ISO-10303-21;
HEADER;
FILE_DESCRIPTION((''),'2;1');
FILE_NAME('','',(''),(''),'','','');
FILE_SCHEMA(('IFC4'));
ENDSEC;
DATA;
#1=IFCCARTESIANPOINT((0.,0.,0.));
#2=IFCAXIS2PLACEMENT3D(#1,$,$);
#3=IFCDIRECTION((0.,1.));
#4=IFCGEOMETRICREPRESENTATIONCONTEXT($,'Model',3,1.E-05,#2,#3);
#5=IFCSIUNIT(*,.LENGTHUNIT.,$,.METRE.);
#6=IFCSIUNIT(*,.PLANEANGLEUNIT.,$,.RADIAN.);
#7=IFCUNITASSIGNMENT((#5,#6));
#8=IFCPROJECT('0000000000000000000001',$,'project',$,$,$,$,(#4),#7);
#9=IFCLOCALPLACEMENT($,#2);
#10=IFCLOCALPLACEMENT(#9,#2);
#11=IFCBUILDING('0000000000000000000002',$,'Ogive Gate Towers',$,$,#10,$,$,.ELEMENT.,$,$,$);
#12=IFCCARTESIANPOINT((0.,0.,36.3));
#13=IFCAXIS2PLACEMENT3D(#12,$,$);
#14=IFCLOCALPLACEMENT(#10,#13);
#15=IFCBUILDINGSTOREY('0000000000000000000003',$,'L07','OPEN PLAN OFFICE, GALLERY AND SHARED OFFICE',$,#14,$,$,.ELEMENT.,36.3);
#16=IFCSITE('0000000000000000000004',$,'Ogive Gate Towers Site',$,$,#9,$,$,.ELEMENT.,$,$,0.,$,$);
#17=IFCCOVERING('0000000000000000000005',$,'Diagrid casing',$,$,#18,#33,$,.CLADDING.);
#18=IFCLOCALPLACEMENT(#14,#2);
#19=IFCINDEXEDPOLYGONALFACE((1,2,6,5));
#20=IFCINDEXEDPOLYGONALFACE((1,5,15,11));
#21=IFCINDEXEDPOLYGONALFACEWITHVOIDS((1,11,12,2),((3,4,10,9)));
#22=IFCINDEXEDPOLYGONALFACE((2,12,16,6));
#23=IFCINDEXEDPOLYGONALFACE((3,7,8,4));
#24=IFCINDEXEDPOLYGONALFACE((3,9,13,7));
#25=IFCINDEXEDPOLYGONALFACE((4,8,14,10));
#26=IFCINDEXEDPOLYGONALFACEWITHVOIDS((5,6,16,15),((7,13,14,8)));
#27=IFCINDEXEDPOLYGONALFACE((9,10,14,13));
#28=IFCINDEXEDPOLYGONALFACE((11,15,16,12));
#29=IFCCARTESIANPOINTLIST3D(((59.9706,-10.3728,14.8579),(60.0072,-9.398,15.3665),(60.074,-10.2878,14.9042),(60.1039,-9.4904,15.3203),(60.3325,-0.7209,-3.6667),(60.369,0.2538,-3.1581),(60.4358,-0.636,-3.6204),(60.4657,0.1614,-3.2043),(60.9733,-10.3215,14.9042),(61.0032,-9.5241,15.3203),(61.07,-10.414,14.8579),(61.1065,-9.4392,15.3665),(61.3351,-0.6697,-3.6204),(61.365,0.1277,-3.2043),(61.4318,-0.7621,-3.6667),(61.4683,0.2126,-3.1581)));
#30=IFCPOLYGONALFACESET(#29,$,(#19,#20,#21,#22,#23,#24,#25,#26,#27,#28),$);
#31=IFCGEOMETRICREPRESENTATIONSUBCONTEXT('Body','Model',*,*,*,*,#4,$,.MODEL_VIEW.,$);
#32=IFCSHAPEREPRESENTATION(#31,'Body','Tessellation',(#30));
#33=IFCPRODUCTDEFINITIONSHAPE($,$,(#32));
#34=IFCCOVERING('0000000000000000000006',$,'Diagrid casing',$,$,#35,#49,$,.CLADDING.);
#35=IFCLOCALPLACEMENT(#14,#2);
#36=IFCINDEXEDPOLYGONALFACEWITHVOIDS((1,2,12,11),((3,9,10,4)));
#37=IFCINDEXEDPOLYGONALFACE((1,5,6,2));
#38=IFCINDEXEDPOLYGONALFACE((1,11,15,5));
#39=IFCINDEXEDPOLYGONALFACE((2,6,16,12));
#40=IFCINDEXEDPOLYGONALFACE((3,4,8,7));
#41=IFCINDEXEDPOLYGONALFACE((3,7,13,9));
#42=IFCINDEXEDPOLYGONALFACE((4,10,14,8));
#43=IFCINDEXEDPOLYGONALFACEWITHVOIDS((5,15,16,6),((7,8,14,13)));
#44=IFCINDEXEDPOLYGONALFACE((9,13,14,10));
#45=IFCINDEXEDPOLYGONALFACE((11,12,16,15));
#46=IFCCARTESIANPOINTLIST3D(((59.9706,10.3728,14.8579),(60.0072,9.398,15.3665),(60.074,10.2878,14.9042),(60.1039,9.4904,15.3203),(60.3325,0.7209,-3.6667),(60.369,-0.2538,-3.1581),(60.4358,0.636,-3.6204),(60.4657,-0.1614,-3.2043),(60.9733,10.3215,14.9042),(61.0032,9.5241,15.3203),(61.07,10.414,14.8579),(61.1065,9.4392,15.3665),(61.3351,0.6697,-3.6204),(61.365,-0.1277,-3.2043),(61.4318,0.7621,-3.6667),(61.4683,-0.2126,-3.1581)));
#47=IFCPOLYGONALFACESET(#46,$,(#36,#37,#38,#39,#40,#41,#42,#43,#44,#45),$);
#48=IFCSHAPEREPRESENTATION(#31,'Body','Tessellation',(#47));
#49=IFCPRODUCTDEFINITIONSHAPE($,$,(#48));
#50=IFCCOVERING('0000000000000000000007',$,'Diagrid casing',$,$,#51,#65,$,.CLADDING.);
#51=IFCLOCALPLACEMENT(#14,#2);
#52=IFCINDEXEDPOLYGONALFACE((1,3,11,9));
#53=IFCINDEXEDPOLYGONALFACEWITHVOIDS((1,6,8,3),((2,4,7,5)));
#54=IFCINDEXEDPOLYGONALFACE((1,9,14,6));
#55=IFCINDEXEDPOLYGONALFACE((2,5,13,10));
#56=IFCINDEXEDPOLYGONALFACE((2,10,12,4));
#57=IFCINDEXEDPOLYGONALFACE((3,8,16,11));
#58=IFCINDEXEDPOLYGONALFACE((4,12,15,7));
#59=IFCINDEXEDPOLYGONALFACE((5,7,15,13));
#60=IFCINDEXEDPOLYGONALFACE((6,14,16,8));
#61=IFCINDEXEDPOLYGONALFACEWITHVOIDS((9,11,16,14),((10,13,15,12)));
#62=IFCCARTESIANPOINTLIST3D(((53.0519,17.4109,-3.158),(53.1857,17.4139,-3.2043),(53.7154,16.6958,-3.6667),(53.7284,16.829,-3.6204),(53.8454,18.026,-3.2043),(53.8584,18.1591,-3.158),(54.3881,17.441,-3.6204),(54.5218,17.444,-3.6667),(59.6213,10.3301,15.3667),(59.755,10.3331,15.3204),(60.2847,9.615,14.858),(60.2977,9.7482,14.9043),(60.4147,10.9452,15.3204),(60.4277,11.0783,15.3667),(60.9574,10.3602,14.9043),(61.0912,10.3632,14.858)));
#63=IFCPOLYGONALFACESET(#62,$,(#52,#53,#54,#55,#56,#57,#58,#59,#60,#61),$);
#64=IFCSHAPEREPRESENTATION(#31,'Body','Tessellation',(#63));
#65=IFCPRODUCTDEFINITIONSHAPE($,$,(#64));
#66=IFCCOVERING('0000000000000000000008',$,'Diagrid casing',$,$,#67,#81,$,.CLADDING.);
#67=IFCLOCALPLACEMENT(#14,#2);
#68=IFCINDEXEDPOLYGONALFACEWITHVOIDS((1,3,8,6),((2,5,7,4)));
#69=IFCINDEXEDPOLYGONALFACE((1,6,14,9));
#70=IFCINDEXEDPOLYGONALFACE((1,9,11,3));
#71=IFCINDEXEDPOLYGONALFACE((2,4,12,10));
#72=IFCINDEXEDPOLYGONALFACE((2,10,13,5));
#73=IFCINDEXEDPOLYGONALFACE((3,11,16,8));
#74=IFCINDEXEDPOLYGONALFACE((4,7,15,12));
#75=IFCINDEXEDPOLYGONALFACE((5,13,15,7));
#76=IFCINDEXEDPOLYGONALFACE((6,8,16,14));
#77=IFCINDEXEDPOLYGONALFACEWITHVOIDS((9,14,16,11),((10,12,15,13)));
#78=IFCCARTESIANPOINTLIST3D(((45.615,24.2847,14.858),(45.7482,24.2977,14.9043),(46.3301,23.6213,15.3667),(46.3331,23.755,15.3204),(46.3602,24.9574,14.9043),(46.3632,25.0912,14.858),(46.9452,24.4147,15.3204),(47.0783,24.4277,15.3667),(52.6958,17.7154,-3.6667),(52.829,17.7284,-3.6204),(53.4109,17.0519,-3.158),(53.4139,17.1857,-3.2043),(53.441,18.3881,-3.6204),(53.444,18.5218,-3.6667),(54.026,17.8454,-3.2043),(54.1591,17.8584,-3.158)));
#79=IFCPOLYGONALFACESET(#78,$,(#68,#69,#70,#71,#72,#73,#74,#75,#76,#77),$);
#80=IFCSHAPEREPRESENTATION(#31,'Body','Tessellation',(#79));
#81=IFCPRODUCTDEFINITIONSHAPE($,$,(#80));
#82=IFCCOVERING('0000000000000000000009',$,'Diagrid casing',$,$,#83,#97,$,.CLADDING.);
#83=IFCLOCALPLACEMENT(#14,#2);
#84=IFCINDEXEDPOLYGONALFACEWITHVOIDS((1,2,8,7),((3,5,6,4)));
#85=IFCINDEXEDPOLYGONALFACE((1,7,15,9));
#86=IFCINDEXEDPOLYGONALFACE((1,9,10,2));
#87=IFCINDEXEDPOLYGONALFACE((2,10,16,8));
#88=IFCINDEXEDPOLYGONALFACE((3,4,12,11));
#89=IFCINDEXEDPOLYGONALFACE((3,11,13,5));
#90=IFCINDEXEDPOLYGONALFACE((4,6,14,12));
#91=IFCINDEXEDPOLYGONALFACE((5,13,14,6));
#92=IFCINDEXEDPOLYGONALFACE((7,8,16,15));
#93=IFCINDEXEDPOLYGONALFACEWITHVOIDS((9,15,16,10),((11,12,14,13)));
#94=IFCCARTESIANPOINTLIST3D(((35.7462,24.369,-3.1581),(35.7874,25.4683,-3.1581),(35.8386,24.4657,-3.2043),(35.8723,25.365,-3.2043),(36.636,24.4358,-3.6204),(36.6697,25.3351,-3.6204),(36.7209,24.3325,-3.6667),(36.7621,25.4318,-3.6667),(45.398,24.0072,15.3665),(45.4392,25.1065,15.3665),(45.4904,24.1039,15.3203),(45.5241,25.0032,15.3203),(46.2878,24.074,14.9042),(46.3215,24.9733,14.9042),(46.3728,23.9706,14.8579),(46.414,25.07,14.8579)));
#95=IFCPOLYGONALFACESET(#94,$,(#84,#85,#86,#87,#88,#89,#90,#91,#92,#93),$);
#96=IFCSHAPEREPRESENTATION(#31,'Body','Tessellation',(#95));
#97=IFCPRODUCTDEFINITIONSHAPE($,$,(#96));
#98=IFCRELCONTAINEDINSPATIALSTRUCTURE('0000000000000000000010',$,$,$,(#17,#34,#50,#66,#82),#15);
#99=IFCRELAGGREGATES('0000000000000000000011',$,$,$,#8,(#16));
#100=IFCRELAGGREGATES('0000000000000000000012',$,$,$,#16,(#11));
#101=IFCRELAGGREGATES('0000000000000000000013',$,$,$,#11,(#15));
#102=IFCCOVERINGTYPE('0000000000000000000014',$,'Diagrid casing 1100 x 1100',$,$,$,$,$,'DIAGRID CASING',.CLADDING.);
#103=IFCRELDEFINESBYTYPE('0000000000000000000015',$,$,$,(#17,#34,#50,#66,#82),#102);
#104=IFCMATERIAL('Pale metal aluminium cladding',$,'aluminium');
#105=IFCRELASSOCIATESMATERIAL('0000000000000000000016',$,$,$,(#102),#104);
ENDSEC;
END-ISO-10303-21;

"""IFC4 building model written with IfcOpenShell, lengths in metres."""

from ifc_helpers import new_model, si_unit, direction, frame, origin, origin_2d, place, context, subcontext, project, spatial, hollow_rectangle, extrude, material, material_profile, profile_set, type_object, element, save


model = new_model("IFC4")

# Units and contexts
model_context = context("Model", 3, precision=1e-05, world=origin(), true_north=direction((0.0, 1.0)))
body_context = subcontext(model_context, "Body", "Model", "MODEL_VIEW")
ifc_project = project(units=[si_unit("LENGTHUNIT", "METRE"), si_unit("PLANEANGLEUNIT", "RADIAN")], contexts=[model_context])

# Site, building, storey
site_placement = place(None, origin())
site = spatial("IfcSite", under=ifc_project, at=site_placement, Name="Ogive Gate Towers Site", CompositionType="ELEMENT", RefElevation=0.0)
building_placement = place(site_placement, origin())
building = spatial("IfcBuilding", under=site, at=building_placement, Name="Ogive Gate Towers", CompositionType="ELEMENT")
storey_placement = place(building_placement, frame((0.0, 0.0, 36.3)))
storey = spatial("IfcBuildingStorey", under=building, at=storey_placement, Name="L07", Description="OPEN PLAN OFFICE, GALLERY AND SHARED OFFICE", CompositionType="ELEMENT", Elevation=36.3)

# Coverings
ifc_material_1 = material(Name="Pale metal aluminium cladding", Category="aluminium")
ifc_material_profile_1 = material_profile(ifc_material_1, hollow_rectangle(XDim=1.1001, YDim=1.1001, WallThickness=0.1001, at=origin_2d()), Name="1100 x 1100 pale metal casing")
ifc_profile_set_1 = profile_set([ifc_material_profile_1], Name="Pale metal aluminium cladding")
covering_type_1 = type_object("IfcCoveringType", Name="Diagrid casing 1100 x 1100", ElementType="DIAGRID CASING", PredefinedType="CLADDING", material=ifc_profile_set_1)
for number, where, z_axis, x_axis, name in (
    (1, (60.9004, -0.2542, -3.4124), (-0.017319, -0.462001, 0.886711), (0.999298, -0.03746, 0.0), "Diagrid casing"),
    (2, (60.9004, 0.2542, -3.4124), (-0.017319, 0.462001, 0.886711), (-0.999298, -0.03746, 0.0), "Diagrid casing"),
):
    element("IfcCovering", number, at=place(storey_placement, frame(where, z_axis=z_axis, x_axis=x_axis)), inside=storey, type_object=covering_type_1, Name=name, PredefinedType="CLADDING", context=body_context, shape_type="SweptSolid", body=[
        extrude(hollow_rectangle(XDim=1.1001, YDim=1.1001, WallThickness=0.1001, at=origin_2d()), origin(), (0.0, 0.0, 1.0), 20.8914),
    ])
for number, where, z_axis, x_axis, name in (
    (3, (53.7869, 17.4275, -3.4124), (0.314449, -0.338932, 0.886706), (0.733088, 0.680134, 0.0), "Diagrid casing"),
    (4, (53.4275, 17.7869, -3.4124), (-0.338932, 0.314449, 0.886706), (-0.680134, -0.733088, 0.0), "Diagrid casing"),
):
    element("IfcCovering", number, at=place(storey_placement, frame(where, z_axis=z_axis, x_axis=x_axis)), inside=storey, type_object=covering_type_1, Name=name, PredefinedType="CLADDING", context=body_context, shape_type="SweptSolid", body=[
        extrude(hollow_rectangle(XDim=1.1001, YDim=1.1001, WallThickness=0.1001, at=origin_2d()), origin(), (0.0, 0.0, 1.0), 20.8916),
    ])
covering_placement = place(storey_placement, frame((36.2542, 24.9004, -3.4124), z_axis=(0.462001, -0.017319, 0.886711), x_axis=(0.03746, 0.999298, 0.0)))
element("IfcCovering", 5, at=covering_placement, inside=storey, type_object=covering_type_1, Name="Diagrid casing", PredefinedType="CLADDING", context=body_context, shape_type="SweptSolid", body=[
    extrude(hollow_rectangle(XDim=1.1001, YDim=1.1001, WallThickness=0.1001, at=origin_2d()), origin(), (0.0, 0.0, 1.0), 20.8914),
])

save(model, "model.ifc")
